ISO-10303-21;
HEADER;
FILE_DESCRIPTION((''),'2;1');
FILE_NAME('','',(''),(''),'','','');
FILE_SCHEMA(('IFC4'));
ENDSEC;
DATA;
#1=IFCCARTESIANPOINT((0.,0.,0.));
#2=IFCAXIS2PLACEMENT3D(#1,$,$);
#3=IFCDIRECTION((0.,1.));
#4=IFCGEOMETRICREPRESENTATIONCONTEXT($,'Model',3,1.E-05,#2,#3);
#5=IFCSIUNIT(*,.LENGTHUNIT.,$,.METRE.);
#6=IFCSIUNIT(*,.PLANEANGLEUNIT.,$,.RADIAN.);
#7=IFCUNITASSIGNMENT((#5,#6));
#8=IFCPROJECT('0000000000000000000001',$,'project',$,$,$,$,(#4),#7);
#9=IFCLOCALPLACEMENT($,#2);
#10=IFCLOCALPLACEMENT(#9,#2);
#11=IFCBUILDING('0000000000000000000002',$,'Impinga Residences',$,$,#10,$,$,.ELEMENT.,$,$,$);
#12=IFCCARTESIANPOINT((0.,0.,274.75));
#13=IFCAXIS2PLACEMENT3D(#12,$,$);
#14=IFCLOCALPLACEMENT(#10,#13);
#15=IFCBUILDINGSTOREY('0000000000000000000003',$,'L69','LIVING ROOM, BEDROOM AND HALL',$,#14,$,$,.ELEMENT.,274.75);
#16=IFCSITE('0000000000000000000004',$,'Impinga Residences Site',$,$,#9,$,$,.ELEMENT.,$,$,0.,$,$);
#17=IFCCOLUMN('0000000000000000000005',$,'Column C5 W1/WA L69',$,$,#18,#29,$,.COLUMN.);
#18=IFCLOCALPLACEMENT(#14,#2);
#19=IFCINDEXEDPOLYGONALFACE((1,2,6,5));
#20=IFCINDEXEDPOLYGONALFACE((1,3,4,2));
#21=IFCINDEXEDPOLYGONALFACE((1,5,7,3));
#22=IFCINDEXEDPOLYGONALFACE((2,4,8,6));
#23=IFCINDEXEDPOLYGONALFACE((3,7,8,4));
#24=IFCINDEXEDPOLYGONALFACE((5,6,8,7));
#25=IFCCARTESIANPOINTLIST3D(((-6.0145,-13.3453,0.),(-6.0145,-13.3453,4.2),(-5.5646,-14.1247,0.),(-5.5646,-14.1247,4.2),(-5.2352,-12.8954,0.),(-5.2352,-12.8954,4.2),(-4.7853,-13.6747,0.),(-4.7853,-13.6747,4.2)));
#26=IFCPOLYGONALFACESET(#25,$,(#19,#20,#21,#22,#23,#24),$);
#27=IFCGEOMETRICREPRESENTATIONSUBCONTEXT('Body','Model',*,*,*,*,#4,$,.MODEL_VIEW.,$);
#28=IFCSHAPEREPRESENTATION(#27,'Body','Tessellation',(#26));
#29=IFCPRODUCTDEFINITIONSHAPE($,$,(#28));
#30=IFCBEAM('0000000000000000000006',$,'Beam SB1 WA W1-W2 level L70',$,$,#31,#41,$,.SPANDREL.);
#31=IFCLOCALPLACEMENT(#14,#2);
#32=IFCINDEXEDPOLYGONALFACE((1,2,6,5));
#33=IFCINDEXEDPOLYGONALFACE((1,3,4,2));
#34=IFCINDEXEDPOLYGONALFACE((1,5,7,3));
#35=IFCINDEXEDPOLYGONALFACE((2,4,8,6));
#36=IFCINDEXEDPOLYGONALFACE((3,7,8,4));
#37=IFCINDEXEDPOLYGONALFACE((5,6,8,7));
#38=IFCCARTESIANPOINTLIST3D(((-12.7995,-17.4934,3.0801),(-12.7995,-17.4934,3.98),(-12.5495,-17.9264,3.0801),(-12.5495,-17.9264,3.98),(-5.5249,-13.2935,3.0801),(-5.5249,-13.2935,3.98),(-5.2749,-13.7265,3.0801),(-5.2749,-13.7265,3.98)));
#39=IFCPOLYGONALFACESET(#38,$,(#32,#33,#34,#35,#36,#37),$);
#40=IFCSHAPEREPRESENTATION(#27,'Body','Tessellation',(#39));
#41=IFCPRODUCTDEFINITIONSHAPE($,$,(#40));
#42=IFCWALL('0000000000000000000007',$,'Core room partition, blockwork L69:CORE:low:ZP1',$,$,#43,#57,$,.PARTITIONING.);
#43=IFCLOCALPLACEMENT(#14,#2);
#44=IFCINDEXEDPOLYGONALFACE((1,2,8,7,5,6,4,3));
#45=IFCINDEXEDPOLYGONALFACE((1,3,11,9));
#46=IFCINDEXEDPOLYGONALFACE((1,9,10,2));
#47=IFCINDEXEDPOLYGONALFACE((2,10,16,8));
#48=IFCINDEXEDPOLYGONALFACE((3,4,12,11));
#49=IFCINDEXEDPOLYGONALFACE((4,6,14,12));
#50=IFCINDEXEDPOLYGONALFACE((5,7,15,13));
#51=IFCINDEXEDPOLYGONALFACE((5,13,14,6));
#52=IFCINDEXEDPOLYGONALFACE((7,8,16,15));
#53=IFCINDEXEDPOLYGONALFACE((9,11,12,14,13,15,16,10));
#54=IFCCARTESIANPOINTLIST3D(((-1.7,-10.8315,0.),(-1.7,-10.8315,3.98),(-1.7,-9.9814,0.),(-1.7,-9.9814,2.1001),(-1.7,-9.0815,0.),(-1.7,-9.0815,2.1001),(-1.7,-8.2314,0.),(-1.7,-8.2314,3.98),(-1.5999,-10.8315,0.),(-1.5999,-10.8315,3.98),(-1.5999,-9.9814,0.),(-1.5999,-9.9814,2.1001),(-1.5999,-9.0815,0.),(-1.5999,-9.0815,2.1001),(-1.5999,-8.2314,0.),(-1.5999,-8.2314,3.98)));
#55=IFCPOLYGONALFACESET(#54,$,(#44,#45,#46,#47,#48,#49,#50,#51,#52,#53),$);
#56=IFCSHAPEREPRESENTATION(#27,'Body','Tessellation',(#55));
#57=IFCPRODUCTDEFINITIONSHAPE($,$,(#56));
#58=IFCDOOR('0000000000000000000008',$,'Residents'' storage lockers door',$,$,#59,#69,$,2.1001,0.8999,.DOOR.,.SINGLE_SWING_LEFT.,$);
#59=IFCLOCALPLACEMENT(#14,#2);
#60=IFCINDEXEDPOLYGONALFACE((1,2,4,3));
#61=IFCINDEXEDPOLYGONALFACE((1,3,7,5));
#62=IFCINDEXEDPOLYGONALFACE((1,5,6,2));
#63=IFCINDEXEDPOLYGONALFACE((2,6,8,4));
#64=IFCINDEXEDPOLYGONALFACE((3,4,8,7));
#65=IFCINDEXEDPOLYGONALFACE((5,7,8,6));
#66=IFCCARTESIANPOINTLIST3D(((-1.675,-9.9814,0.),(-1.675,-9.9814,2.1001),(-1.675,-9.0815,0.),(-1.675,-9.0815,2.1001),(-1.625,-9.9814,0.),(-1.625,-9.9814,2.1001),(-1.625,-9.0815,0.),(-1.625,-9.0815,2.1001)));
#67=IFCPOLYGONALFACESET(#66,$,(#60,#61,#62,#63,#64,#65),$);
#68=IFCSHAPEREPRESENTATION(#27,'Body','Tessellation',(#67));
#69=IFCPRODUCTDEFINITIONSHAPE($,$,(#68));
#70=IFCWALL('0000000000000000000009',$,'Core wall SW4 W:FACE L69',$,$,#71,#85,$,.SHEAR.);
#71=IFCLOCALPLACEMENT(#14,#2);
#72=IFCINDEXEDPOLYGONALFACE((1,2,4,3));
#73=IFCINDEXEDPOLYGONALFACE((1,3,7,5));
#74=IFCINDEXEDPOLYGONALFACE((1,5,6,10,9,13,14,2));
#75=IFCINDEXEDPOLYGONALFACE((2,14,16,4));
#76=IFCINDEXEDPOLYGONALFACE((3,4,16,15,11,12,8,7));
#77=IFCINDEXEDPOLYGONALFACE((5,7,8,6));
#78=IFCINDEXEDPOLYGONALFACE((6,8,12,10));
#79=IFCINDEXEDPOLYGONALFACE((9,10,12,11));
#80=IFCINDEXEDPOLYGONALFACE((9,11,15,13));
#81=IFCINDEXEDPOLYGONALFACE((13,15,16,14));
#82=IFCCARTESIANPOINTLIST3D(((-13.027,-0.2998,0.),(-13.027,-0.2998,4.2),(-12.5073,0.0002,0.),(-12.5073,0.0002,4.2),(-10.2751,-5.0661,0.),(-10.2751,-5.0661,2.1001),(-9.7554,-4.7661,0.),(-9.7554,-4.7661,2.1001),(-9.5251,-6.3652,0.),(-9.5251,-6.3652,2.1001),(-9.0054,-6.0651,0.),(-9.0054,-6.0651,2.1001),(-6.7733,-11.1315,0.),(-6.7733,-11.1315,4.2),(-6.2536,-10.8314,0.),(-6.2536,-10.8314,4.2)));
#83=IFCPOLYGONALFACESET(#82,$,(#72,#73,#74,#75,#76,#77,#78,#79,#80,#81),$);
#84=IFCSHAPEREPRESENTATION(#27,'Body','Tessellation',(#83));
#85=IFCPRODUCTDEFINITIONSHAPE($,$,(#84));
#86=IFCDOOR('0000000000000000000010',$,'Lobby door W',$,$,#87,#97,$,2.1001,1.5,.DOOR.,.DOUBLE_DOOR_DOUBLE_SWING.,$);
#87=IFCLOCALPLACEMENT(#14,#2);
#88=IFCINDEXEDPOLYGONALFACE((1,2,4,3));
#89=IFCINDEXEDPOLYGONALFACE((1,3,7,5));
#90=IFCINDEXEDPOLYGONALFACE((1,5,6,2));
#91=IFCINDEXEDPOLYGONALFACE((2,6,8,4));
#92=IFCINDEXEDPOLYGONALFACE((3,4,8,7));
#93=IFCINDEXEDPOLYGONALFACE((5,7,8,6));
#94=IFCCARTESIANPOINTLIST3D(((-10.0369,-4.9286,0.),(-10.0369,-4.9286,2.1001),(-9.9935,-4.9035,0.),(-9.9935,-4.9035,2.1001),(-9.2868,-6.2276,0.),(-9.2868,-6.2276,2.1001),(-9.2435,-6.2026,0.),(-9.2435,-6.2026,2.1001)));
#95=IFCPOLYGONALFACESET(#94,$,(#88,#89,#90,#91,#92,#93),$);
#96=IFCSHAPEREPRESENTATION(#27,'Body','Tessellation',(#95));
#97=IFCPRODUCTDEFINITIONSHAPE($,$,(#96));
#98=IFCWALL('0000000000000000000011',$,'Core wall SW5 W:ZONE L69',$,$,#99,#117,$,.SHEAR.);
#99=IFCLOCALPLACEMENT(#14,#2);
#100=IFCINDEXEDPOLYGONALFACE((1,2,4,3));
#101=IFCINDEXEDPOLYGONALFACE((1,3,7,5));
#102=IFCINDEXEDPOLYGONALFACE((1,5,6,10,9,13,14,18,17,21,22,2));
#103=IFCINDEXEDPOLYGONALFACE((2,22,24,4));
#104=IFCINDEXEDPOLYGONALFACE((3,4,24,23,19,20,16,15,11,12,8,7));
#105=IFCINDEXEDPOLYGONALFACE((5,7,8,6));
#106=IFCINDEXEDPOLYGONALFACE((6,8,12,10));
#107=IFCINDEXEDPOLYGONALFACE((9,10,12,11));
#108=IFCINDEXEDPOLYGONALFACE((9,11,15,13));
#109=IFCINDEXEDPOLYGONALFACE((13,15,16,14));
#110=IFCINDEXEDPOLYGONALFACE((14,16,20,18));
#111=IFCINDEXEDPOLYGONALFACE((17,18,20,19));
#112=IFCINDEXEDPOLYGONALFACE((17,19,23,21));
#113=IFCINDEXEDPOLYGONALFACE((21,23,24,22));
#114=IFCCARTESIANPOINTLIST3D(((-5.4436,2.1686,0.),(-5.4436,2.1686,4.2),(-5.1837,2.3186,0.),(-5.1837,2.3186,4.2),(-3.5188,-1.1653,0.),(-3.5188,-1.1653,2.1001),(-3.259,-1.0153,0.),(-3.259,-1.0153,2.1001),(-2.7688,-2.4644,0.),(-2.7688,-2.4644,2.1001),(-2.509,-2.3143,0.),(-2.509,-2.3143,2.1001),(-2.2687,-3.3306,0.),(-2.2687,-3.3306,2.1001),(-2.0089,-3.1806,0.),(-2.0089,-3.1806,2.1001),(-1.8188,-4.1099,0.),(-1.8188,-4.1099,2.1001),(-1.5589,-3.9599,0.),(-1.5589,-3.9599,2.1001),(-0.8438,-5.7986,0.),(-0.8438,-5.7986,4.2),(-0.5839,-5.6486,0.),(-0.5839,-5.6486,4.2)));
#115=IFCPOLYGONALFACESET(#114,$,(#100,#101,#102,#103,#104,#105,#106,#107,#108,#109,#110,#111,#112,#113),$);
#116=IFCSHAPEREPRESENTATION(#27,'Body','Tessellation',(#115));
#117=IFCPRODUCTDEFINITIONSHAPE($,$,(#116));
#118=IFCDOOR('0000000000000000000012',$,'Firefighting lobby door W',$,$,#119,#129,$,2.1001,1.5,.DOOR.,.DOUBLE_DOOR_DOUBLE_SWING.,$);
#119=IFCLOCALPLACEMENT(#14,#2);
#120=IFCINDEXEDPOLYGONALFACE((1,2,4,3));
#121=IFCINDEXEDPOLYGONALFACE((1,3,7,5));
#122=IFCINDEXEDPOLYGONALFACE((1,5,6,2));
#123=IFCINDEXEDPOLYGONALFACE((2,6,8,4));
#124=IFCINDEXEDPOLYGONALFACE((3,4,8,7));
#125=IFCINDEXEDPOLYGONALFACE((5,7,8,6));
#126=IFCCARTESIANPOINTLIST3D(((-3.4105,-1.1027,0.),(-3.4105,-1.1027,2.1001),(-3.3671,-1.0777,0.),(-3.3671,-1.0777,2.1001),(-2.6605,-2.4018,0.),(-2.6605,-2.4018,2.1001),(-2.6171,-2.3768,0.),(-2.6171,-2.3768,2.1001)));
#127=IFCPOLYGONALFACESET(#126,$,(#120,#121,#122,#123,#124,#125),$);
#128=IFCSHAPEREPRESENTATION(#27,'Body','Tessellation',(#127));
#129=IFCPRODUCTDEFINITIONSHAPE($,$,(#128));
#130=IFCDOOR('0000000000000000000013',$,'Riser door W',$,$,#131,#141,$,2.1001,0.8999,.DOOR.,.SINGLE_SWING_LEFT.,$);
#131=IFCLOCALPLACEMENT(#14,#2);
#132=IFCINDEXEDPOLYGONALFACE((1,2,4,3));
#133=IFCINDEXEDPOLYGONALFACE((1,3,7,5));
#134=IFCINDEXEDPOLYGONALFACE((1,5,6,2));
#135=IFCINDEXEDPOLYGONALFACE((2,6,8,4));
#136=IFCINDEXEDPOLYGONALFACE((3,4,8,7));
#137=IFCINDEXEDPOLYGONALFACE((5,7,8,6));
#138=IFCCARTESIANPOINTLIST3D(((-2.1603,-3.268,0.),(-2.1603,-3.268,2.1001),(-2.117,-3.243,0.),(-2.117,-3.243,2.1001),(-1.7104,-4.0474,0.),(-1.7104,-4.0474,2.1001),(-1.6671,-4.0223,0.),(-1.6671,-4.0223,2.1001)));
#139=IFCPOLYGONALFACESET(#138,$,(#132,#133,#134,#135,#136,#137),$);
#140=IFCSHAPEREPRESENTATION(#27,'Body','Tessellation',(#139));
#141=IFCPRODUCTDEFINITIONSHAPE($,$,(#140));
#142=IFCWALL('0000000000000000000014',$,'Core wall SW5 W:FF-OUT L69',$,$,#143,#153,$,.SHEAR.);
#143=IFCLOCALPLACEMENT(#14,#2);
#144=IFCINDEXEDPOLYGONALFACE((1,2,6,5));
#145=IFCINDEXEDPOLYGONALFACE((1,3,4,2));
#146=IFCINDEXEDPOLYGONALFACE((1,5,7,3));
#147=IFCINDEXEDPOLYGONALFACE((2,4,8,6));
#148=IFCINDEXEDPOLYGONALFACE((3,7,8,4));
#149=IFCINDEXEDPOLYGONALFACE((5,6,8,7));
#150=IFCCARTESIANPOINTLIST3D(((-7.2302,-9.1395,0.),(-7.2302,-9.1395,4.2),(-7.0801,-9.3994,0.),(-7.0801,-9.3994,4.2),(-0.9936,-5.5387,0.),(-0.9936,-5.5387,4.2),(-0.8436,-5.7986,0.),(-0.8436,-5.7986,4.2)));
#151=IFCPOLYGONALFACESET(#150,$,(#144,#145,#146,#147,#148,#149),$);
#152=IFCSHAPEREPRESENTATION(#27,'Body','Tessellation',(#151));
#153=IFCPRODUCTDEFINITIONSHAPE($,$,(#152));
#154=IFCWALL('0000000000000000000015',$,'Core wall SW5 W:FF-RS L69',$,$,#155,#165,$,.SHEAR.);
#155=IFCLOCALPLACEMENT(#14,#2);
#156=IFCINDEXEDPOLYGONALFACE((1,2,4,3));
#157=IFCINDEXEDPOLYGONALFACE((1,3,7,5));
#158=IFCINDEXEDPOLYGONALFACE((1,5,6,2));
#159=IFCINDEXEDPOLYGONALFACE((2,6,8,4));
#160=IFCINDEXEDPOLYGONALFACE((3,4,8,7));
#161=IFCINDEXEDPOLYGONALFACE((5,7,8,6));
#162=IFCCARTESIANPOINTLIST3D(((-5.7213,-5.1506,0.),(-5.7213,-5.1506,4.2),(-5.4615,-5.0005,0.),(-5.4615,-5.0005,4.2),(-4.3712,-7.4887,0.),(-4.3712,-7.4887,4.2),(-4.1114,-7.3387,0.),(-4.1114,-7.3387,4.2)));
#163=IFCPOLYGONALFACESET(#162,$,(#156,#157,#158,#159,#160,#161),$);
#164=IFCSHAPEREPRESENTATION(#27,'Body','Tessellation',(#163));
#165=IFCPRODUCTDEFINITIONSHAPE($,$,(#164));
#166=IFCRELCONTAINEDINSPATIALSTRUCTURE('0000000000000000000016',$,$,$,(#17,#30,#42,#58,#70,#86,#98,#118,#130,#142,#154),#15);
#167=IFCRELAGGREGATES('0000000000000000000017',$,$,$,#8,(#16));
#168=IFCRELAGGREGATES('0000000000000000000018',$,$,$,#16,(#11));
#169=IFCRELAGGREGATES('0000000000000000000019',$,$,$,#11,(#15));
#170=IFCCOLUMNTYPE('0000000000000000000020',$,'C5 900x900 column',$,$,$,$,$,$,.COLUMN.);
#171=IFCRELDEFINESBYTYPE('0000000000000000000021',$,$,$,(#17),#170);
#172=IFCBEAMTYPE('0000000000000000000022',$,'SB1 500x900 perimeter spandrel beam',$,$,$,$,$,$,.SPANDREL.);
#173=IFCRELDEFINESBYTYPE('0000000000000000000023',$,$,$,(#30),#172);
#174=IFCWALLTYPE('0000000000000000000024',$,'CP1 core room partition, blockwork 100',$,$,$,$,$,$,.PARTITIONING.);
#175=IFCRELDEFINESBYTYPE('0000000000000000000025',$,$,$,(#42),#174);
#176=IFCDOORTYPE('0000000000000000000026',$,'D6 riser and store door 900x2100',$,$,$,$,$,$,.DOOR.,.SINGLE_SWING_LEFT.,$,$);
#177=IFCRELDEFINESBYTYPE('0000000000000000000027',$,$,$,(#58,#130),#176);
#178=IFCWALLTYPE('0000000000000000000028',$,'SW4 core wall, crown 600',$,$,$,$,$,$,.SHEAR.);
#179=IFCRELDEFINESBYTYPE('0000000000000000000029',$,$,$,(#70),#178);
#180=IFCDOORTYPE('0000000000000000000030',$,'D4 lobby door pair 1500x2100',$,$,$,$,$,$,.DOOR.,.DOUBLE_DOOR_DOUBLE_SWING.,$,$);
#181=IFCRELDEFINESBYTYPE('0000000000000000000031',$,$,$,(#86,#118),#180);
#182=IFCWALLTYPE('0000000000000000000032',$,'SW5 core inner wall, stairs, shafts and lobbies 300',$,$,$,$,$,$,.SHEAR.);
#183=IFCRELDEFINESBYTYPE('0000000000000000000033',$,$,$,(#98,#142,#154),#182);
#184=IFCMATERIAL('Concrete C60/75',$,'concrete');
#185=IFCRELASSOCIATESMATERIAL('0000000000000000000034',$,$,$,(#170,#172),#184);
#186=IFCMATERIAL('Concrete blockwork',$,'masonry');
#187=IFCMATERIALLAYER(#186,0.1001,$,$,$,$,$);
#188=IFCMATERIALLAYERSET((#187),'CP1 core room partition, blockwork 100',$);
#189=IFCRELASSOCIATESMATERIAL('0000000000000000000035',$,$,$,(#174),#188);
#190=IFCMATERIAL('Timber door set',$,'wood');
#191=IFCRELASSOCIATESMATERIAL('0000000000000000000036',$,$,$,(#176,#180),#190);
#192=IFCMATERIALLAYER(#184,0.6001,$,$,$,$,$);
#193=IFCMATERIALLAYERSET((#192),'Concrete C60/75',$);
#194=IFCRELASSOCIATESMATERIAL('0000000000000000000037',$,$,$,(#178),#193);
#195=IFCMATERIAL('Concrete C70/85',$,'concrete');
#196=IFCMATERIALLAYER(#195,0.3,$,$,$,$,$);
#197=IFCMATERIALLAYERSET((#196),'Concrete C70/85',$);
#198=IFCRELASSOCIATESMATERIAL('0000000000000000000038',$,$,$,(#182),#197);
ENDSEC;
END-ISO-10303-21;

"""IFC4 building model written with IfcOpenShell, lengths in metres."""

from ifc_helpers import new_model, si_unit, direction, frame, frame_2d, origin, origin_2d, place, context, subcontext, project, spatial, rectangle, extrude, material, layer, layer_set, material_profile, profile_set, type_object, element, fill, save


model = new_model("IFC4")

# Units and contexts
model_context = context("Model", 3, precision=1e-05, world=origin(), true_north=direction((0.0, 1.0)))
body_context = subcontext(model_context, "Body", "Model", "MODEL_VIEW")
ifc_project = project(units=[si_unit("LENGTHUNIT", "METRE"), si_unit("PLANEANGLEUNIT", "RADIAN")], contexts=[model_context])

# Site, building, storey
site_placement = place(None, origin())
site = spatial("IfcSite", under=ifc_project, at=site_placement, Name="Impinga Residences Site", CompositionType="ELEMENT", RefElevation=0.0)
building_placement = place(site_placement, origin())
building = spatial("IfcBuilding", under=site, at=building_placement, Name="Impinga Residences", CompositionType="ELEMENT")
storey_placement = place(building_placement, frame((0.0, 0.0, 274.75)))
storey = spatial("IfcBuildingStorey", under=building, at=storey_placement, Name="L69", Description="LIVING ROOM, BEDROOM AND HALL", CompositionType="ELEMENT", Elevation=274.75)

# Column
ifc_material_1 = material(Name="Concrete C60/75", Category="concrete")
ifc_material_profile_1 = material_profile(ifc_material_1, rectangle(XDim=0.8999, YDim=0.8999, at=origin_2d()), Name="RC 900x900")
ifc_profile_set_1 = profile_set([ifc_material_profile_1], Name="Concrete C60/75")
column_type = type_object("IfcColumnType", Name="C5 900x900 column", PredefinedType="COLUMN", material=ifc_profile_set_1)
column_placement = place(storey_placement, frame((-5.3999, -13.51, 0.0), z_axis=(0.0, 0.0, 1.0), x_axis=(-0.5, 0.866025, 0.0)))
element("IfcColumn", 1, at=column_placement, inside=storey, type_object=column_type, Name="Column C5 W1/WA L69", PredefinedType="COLUMN", context=body_context, shape_type="SweptSolid", body=[
    extrude(rectangle(XDim=0.8999, YDim=0.8999, at=origin_2d()), origin(), (0.0, 0.0, 1.0), 4.2),
])

# Beam
ifc_material_profile_2 = material_profile(ifc_material_1, rectangle(XDim=0.5, YDim=0.8999, at=origin_2d()), Name="RC 500x900")
ifc_profile_set_2 = profile_set([ifc_material_profile_2], Name="Concrete C60/75")
beam_type = type_object("IfcBeamType", Name="SB1 500x900 perimeter spandrel beam", PredefinedType="SPANDREL", material=ifc_profile_set_2)
beam_placement = place(storey_placement, frame((-5.3999, -13.51, 3.53), z_axis=(-0.866029, -0.499993, 0.0), x_axis=(0.499993, -0.866029, 0.0)))
element("IfcBeam", 2, at=beam_placement, inside=storey, type_object=beam_type, Name="Beam SB1 WA W1-W2 level L70", PredefinedType="SPANDREL", context=body_context, shape_type="SweptSolid", body=[
    extrude(rectangle(XDim=0.5, YDim=0.8999, at=origin_2d()), origin(), (0.0, 0.0, 1.0), 8.3999),
])

# Walls, openings, doors
ifc_material_2 = material(Name="Concrete blockwork", Category="masonry")
ifc_layer_1 = layer(ifc_material_2, 0.1001)
ifc_layer_set_1 = layer_set([ifc_layer_1], Name="CP1 core room partition, blockwork 100")
wall_type_1 = type_object("IfcWallType", Name="CP1 core room partition, blockwork 100", PredefinedType="PARTITIONING", material=ifc_layer_set_1)
wall_1_placement = place(storey_placement, frame((-1.6499, -8.2314, 0.0), z_axis=(0.0, 0.0, 1.0), x_axis=(0.0, -1.0, 0.0)))
wall_1 = element("IfcWall", 3, at=wall_1_placement, inside=storey, type_object=wall_type_1, Name="Core room partition, blockwork L69:CORE:low:ZP1", PredefinedType="PARTITIONING", context=body_context, shape_type="SweptSolid", body=[
    extrude(rectangle(XDim=2.6001, YDim=0.1001, at=frame_2d((1.3, 0.0))), origin(), (0.0, 0.0, 1.0), 3.98),
])
opening_1_placement = place(wall_1_placement, frame((0.8501, 0.0, 0.0)))
opening_1 = element("IfcOpeningElement", 4, at=opening_1_placement, cuts=wall_1, PredefinedType="OPENING", context=body_context, shape_type="SweptSolid", body=[
    extrude(rectangle(XDim=0.8999, YDim=2.1001, at=frame_2d((0.45, 1.05))), frame((0.0, 0.0601, 0.0), z_axis=(0.0, -1.0, 0.0), x_axis=(1.0, 0.0, 0.0)), (0.0, 0.0, 1.0), 0.1201),
])
ifc_material_3 = material(Name="Timber door set", Category="wood")
door_type_1 = type_object("IfcDoorType", Name="D6 riser and store door 900x2100", OperationType="SINGLE_SWING_LEFT", PredefinedType="DOOR", material=ifc_material_3)
door_1_placement = place(opening_1_placement, origin())
door_1 = element("IfcDoor", 5, at=door_1_placement, inside=storey, type_object=door_type_1, Name="Residents' storage lockers door", OperationType="SINGLE_SWING_LEFT", OverallHeight=2.1001, OverallWidth=0.8999, PredefinedType="DOOR", context=body_context, shape_type="SweptSolid", body=[
    extrude(rectangle(XDim=0.8999, YDim=2.1001, at=frame_2d((0.45, 1.05))), frame((0.0, 0.0249, 0.0), z_axis=(0.0, -1.0, 0.0), x_axis=(1.0, 0.0, 0.0)), (0.0, 0.0, 1.0), 0.05),
])
fill(opening_1, door_1)
ifc_layer_2 = layer(ifc_material_1, 0.6001)
ifc_layer_set_2 = layer_set([ifc_layer_2], Name="Concrete C60/75")
wall_type_2 = type_object("IfcWallType", Name="SW4 core wall, crown 600", PredefinedType="SHEAR", material=ifc_layer_set_2)
wall_2_placement = place(storey_placement, frame((-6.5134, -10.9814, 0.0), z_axis=(0.0, 0.0, 1.0), x_axis=(-0.500004, 0.866023, 0.0)))
wall_2 = element("IfcWall", 6, at=wall_2_placement, inside=storey, type_object=wall_type_2, Name="Core wall SW4 W:FACE L69", PredefinedType="SHEAR", context=body_context, shape_type="SweptSolid", body=[
    extrude(rectangle(XDim=12.5073, YDim=0.6001, at=frame_2d((6.2537, 0.0))), origin(), (0.0, 0.0, 1.0), 4.2),
])
opening_2_placement = place(wall_2_placement, frame((5.5037, 0.0, 0.0)))
opening_2 = element("IfcOpeningElement", 7, at=opening_2_placement, cuts=wall_2, PredefinedType="OPENING", context=body_context, shape_type="SweptSolid", body=[
    extrude(rectangle(XDim=1.5, YDim=2.1001, at=frame_2d((0.75, 1.05))), frame((0.0, 0.3101, 0.0), z_axis=(0.0, -1.0, 0.0), x_axis=(1.0, 0.0, 0.0)), (0.0, 0.0, 1.0), 0.6201),
])
door_type_2 = type_object("IfcDoorType", Name="D4 lobby door pair 1500x2100", OperationType="DOUBLE_DOOR_DOUBLE_SWING", PredefinedType="DOOR", material=ifc_material_3)
door_2_placement = place(opening_2_placement, origin())
door_2 = element("IfcDoor", 8, at=door_2_placement, inside=storey, type_object=door_type_2, Name="Lobby door W", OperationType="DOUBLE_DOOR_DOUBLE_SWING", OverallHeight=2.1001, OverallWidth=1.5, PredefinedType="DOOR", context=body_context, shape_type="SweptSolid", body=[
    extrude(rectangle(XDim=1.5, YDim=2.1001, at=frame_2d((0.75, 1.05))), frame((0.0, 0.0249, 0.0), z_axis=(0.0, -1.0, 0.0), x_axis=(1.0, 0.0, 0.0)), (0.0, 0.0, 1.0), 0.05),
])
fill(opening_2, door_2)

# Wall, openings, doors
ifc_material_4 = material(Name="Concrete C70/85", Category="concrete")
ifc_layer_3 = layer(ifc_material_4, 0.3)
ifc_layer_set_3 = layer_set([ifc_layer_3], Name="Concrete C70/85")
wall_type_3 = type_object("IfcWallType", Name="SW5 core inner wall, stairs, shafts and lobbies 300", PredefinedType="SHEAR", material=ifc_layer_set_3)
wall_3_placement = place(storey_placement, frame((-0.7139, -5.7236, 0.0), z_axis=(0.0, 0.0, 1.0), x_axis=(-0.499995, 0.866028, 0.0)))
wall_3 = element("IfcWall", 9, at=wall_3_placement, inside=storey, type_object=wall_type_3, Name="Core wall SW5 W:ZONE L69", PredefinedType="SHEAR", context=body_context, shape_type="SweptSolid", body=[
    extrude(rectangle(XDim=9.1997, YDim=0.3, at=frame_2d((4.5999, 0.0))), origin(), (0.0, 0.0, 1.0), 4.2),
])
opening_3_placement = place(wall_3_placement, frame((3.8501, 0.0, 0.0)))
opening_3 = element("IfcOpeningElement", 10, at=opening_3_placement, cuts=wall_3, PredefinedType="OPENING", context=body_context, shape_type="SweptSolid", body=[
    extrude(rectangle(XDim=1.5, YDim=2.1001, at=frame_2d((0.75, 1.05))), frame((0.0, 0.1599, 0.0), z_axis=(0.0, -1.0, 0.0), x_axis=(1.0, 0.0, 0.0)), (0.0, 0.0, 1.0), 0.3201),
])
opening_4_placement = place(wall_3_placement, frame((1.95, 0.0, 0.0)))
opening_4 = element("IfcOpeningElement", 11, at=opening_4_placement, cuts=wall_3, PredefinedType="OPENING", context=body_context, shape_type="SweptSolid", body=[
    extrude(rectangle(XDim=0.8999, YDim=2.1001, at=frame_2d((0.45, 1.05))), frame((0.0, 0.1599, 0.0), z_axis=(0.0, -1.0, 0.0), x_axis=(1.0, 0.0, 0.0)), (0.0, 0.0, 1.0), 0.3201),
])
door_3_placement = place(opening_3_placement, origin())
door_3 = element("IfcDoor", 12, at=door_3_placement, inside=storey, type_object=door_type_2, Name="Firefighting lobby door W", OperationType="DOUBLE_DOOR_DOUBLE_SWING", OverallHeight=2.1001, OverallWidth=1.5, PredefinedType="DOOR", context=body_context, shape_type="SweptSolid", body=[
    extrude(rectangle(XDim=1.5, YDim=2.1001, at=frame_2d((0.75, 1.05))), frame((0.0, 0.0249, 0.0), z_axis=(0.0, -1.0, 0.0), x_axis=(1.0, 0.0, 0.0)), (0.0, 0.0, 1.0), 0.05),
])
fill(opening_3, door_3)
door_4_placement = place(opening_4_placement, origin())
door_4 = element("IfcDoor", 13, at=door_4_placement, inside=storey, type_object=door_type_1, Name="Riser door W", OperationType="SINGLE_SWING_LEFT", OverallHeight=2.1001, OverallWidth=0.8999, PredefinedType="DOOR", context=body_context, shape_type="SweptSolid", body=[
    extrude(rectangle(XDim=0.8999, YDim=2.1001, at=frame_2d((0.45, 1.05))), frame((0.0, 0.0249, 0.0), z_axis=(0.0, -1.0, 0.0), x_axis=(1.0, 0.0, 0.0)), (0.0, 0.0, 1.0), 0.05),
])
fill(opening_4, door_4)

# Walls
wall_4_placement = place(storey_placement, frame((-0.9187, -5.6687, 0.0), z_axis=(0.0, 0.0, 1.0), x_axis=(-0.866017, -0.500015, 0.0)))
element("IfcWall", 14, at=wall_4_placement, inside=storey, type_object=wall_type_3, Name="Core wall SW5 W:FF-OUT L69", PredefinedType="SHEAR", context=body_context, shape_type="SweptSolid", body=[
    extrude(rectangle(XDim=7.2014, YDim=0.3, at=frame_2d((3.6006, 0.0))), origin(), (0.0, 0.0, 1.0), 4.2),
])
wall_5_placement = place(storey_placement, frame((-4.2412, -7.4138, 0.0), z_axis=(0.0, 0.0, 1.0), x_axis=(-0.500049, 0.865997, 0.0)))
element("IfcWall", 15, at=wall_5_placement, inside=storey, type_object=wall_type_3, Name="Core wall SW5 W:FF-RS L69", PredefinedType="SHEAR", context=body_context, shape_type="SweptSolid", body=[
    extrude(rectangle(XDim=2.7, YDim=0.3, at=frame_2d((1.3501, 0.0))), origin(), (0.0, 0.0, 1.0), 4.2),
])

save(model, "model.ifc")
